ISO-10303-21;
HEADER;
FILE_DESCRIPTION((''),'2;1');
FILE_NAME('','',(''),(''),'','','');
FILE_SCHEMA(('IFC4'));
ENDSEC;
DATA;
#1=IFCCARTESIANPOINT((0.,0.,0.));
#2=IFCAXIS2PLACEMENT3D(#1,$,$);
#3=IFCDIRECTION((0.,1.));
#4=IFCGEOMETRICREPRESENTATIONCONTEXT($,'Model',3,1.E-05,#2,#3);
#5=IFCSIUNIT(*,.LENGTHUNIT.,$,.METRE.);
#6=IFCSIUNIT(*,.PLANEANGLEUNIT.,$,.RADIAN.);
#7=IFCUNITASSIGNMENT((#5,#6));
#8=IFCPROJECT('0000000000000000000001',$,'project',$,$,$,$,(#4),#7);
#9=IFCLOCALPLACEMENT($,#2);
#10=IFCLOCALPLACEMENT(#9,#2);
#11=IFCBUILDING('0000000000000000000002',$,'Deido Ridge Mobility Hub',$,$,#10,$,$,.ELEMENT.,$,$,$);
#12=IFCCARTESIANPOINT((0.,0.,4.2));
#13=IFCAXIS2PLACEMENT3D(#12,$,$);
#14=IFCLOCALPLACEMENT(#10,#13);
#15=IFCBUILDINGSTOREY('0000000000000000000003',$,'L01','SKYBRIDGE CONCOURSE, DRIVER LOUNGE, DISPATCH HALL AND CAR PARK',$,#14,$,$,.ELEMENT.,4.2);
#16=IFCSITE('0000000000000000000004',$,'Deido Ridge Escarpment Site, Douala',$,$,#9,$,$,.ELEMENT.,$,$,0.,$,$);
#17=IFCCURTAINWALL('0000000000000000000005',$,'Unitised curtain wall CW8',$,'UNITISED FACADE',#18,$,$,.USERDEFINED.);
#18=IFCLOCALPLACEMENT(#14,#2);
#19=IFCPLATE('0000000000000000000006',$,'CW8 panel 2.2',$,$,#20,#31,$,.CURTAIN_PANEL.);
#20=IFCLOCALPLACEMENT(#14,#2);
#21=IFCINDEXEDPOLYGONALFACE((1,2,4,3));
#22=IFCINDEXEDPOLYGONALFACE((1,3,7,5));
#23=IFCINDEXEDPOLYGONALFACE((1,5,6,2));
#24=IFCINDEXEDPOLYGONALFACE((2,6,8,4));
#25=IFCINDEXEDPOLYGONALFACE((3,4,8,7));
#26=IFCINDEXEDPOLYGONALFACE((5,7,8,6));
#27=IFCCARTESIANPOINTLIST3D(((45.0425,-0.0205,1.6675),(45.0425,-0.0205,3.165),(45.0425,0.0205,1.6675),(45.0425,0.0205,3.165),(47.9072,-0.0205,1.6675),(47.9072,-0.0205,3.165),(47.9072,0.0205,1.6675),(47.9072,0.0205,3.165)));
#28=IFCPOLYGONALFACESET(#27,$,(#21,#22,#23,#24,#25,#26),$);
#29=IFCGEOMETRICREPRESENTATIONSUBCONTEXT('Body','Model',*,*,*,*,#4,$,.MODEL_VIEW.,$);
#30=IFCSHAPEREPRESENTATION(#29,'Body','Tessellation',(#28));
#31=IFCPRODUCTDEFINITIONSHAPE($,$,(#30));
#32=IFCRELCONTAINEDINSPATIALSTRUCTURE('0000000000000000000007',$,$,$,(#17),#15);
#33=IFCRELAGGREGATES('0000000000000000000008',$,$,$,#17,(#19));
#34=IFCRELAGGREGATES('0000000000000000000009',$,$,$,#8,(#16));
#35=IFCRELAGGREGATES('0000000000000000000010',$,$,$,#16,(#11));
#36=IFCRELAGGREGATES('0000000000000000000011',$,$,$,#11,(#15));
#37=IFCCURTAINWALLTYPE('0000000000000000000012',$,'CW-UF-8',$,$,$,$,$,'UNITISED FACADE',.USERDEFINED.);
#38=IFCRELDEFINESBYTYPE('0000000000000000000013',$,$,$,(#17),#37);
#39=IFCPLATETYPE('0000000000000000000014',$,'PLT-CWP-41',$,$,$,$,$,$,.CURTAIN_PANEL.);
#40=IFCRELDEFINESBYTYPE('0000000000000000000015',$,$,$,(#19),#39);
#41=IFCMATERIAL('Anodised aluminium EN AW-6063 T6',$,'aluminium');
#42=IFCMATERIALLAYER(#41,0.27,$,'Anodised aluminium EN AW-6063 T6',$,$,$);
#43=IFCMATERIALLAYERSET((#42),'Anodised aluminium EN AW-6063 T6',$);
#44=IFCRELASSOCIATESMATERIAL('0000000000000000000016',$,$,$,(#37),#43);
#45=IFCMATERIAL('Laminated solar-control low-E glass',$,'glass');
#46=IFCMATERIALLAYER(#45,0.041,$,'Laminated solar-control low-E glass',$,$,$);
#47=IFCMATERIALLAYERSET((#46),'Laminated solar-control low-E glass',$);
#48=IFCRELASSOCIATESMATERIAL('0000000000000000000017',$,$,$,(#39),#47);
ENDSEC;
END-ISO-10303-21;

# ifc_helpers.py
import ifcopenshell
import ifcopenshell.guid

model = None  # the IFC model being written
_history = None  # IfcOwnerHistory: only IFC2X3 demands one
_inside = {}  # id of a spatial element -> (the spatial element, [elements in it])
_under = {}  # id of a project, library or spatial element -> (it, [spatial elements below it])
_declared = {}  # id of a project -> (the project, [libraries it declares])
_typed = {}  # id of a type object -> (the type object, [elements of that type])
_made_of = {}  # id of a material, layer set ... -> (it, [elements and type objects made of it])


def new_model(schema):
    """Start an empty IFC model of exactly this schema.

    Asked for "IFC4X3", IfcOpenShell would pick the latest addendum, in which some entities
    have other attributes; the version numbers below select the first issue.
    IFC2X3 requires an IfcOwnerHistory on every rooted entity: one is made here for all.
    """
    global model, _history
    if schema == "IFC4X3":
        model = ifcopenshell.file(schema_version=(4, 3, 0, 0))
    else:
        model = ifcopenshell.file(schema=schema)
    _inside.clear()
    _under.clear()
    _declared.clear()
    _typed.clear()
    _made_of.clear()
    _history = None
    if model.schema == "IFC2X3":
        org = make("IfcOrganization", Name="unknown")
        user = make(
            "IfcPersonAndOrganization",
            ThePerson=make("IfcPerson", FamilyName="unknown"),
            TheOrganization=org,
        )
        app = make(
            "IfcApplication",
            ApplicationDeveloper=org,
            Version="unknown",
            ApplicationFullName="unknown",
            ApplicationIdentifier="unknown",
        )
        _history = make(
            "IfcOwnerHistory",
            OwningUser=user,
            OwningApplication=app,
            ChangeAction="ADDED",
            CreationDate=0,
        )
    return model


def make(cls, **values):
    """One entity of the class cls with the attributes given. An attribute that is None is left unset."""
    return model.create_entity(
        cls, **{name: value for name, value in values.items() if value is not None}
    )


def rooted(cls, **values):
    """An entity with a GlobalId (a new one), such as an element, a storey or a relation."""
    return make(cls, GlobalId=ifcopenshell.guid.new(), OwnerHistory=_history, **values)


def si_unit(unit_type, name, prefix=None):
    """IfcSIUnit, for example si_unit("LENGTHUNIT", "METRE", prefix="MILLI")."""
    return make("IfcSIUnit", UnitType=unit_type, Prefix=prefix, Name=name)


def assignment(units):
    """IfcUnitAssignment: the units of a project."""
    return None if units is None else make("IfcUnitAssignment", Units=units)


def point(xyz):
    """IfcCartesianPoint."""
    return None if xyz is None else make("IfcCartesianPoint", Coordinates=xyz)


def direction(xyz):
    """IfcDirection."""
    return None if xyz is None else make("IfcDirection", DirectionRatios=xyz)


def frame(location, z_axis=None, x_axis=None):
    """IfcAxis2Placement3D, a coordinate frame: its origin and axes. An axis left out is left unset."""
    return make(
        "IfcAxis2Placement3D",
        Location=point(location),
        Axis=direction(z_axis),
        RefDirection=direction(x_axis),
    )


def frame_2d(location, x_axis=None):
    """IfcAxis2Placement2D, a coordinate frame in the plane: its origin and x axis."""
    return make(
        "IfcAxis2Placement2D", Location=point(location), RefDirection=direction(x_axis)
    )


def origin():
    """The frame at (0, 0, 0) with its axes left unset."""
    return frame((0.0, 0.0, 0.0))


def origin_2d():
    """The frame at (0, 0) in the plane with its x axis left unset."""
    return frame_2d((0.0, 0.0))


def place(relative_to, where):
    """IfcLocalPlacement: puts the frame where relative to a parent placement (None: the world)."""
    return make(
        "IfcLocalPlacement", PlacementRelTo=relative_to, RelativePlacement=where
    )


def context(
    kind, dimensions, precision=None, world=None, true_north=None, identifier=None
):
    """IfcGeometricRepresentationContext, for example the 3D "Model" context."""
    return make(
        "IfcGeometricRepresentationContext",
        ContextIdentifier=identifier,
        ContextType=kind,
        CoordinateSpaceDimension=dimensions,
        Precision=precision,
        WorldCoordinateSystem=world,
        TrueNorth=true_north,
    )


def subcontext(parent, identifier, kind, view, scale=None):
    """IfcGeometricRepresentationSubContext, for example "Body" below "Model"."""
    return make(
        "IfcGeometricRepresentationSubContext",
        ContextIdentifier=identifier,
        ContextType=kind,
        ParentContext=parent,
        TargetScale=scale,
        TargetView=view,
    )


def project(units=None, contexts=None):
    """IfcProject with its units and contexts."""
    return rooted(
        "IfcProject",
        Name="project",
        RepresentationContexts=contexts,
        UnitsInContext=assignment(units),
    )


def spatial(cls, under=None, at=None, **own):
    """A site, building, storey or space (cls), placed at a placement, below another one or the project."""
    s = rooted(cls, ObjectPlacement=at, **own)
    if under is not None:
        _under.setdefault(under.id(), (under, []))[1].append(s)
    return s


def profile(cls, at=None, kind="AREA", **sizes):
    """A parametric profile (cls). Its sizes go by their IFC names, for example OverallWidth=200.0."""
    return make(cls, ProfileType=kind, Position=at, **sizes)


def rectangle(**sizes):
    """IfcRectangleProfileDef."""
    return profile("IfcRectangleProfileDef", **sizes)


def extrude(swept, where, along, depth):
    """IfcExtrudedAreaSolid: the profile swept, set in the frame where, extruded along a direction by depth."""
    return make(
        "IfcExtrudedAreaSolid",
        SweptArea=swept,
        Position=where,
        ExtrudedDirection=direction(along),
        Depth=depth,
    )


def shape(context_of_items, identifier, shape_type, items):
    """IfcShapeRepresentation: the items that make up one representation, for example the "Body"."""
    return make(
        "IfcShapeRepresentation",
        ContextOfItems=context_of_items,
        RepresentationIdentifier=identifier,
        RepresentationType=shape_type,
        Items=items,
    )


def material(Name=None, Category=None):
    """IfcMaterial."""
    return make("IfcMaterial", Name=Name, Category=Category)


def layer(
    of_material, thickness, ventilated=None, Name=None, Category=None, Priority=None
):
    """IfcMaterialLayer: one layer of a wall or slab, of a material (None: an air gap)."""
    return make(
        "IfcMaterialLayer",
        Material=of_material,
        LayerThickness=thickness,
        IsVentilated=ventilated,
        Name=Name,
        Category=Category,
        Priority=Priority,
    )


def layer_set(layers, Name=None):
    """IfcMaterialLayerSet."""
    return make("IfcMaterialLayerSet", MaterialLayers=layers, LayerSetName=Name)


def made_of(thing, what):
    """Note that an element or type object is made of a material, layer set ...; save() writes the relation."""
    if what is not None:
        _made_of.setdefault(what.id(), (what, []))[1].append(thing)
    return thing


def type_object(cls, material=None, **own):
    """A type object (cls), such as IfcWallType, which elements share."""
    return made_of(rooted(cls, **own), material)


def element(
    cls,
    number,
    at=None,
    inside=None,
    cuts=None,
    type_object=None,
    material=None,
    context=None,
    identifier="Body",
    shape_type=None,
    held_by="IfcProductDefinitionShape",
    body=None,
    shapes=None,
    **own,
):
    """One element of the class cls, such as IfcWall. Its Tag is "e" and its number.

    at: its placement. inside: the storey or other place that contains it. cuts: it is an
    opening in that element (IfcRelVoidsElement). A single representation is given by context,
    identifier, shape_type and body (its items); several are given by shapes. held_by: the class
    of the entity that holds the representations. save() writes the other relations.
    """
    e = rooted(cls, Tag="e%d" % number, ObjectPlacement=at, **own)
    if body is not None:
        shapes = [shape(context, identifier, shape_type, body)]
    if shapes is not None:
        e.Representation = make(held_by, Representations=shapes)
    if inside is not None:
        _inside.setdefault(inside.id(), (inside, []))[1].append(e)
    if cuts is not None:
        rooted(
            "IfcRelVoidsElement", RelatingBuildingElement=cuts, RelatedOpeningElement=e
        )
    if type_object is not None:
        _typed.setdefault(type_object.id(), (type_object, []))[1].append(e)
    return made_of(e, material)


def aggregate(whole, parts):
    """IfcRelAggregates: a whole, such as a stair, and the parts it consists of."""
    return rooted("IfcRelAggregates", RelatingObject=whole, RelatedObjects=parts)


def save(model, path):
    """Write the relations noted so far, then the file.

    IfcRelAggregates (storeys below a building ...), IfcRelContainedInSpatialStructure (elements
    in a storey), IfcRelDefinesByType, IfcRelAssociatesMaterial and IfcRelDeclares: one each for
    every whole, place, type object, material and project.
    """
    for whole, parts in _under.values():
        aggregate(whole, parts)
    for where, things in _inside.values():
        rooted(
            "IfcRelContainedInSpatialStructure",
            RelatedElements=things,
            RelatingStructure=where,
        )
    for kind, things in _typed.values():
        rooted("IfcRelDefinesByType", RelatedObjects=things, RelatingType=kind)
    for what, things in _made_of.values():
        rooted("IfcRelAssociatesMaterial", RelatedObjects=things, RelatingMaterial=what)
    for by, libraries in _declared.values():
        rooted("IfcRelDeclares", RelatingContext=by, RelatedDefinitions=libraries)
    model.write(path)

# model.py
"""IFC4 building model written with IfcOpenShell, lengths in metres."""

from ifc_helpers import new_model, si_unit, direction, frame, origin, origin_2d, place, context, subcontext, project, spatial, rectangle, extrude, material, layer, layer_set, type_object, element, aggregate, save


model = new_model("IFC4")

# Units and contexts
model_context = context("Model", 3, precision=1e-05, world=origin(), true_north=direction((0.0, 1.0)))
body_context = subcontext(model_context, "Body", "Model", "MODEL_VIEW")
ifc_project = project(units=[si_unit("LENGTHUNIT", "METRE"), si_unit("PLANEANGLEUNIT", "RADIAN")], contexts=[model_context])

# Site, building, storey
site_placement = place(None, origin())
site = spatial("IfcSite", under=ifc_project, at=site_placement, Name="Deido Ridge Escarpment Site, Douala", CompositionType="ELEMENT", RefElevation=0.0)
building_placement = place(site_placement, origin())
building = spatial("IfcBuilding", under=site, at=building_placement, Name="Deido Ridge Mobility Hub", CompositionType="ELEMENT")
storey_placement = place(building_placement, frame((0.0, 0.0, 4.2)))
storey = spatial("IfcBuildingStorey", under=building, at=storey_placement, Name="L01", Description="SKYBRIDGE CONCOURSE, DRIVER LOUNGE, DISPATCH HALL AND CAR PARK", CompositionType="ELEMENT", Elevation=4.2)

# Curtain wall
ifc_material_1 = material(Name="Anodised aluminium EN AW-6063 T6", Category="aluminium")
ifc_layer_1 = layer(ifc_material_1, 0.27, Name="Anodised aluminium EN AW-6063 T6")
ifc_layer_set_1 = layer_set([ifc_layer_1], Name="Anodised aluminium EN AW-6063 T6")
curtain_wall_type_1 = type_object("IfcCurtainWallType", Name="CW-UF-8", ElementType="UNITISED FACADE", PredefinedType="USERDEFINED", material=ifc_layer_set_1)
curtain_wall_1_placement = place(storey_placement, origin())
curtain_wall_1 = element("IfcCurtainWall", 1, at=curtain_wall_1_placement, inside=storey, type_object=curtain_wall_type_1, Name="Unitised curtain wall CW8", ObjectType="UNITISED FACADE", PredefinedType="USERDEFINED")

# Plate
ifc_material_2 = material(Name="Laminated solar-control low-E glass", Category="glass")
ifc_layer_2 = layer(ifc_material_2, 0.041, Name="Laminated solar-control low-E glass")
ifc_layer_set_2 = layer_set([ifc_layer_2], Name="Laminated solar-control low-E glass")
plate_type_1 = type_object("IfcPlateType", Name="PLT-CWP-41", PredefinedType="CURTAIN_PANEL", material=ifc_layer_set_2)
plate_1_placement = place(storey_placement, frame((46.4749, 0.0, 1.6675), z_axis=(0.0, 0.0, 1.0), x_axis=(1.0, 0.0, 0.0)))
plate_1 = element("IfcPlate", 2, at=plate_1_placement, type_object=plate_type_1, Name="CW8 panel 2.2", PredefinedType="CURTAIN_PANEL", context=body_context, shape_type="SweptSolid", body=[
    extrude(rectangle(XDim=2.8647, YDim=0.041, at=origin_2d()), origin(), (0.0, 0.0, 1.0), 1.4976),
])
aggregate(curtain_wall_1, [plate_1])

save(model, "model.ifc")
